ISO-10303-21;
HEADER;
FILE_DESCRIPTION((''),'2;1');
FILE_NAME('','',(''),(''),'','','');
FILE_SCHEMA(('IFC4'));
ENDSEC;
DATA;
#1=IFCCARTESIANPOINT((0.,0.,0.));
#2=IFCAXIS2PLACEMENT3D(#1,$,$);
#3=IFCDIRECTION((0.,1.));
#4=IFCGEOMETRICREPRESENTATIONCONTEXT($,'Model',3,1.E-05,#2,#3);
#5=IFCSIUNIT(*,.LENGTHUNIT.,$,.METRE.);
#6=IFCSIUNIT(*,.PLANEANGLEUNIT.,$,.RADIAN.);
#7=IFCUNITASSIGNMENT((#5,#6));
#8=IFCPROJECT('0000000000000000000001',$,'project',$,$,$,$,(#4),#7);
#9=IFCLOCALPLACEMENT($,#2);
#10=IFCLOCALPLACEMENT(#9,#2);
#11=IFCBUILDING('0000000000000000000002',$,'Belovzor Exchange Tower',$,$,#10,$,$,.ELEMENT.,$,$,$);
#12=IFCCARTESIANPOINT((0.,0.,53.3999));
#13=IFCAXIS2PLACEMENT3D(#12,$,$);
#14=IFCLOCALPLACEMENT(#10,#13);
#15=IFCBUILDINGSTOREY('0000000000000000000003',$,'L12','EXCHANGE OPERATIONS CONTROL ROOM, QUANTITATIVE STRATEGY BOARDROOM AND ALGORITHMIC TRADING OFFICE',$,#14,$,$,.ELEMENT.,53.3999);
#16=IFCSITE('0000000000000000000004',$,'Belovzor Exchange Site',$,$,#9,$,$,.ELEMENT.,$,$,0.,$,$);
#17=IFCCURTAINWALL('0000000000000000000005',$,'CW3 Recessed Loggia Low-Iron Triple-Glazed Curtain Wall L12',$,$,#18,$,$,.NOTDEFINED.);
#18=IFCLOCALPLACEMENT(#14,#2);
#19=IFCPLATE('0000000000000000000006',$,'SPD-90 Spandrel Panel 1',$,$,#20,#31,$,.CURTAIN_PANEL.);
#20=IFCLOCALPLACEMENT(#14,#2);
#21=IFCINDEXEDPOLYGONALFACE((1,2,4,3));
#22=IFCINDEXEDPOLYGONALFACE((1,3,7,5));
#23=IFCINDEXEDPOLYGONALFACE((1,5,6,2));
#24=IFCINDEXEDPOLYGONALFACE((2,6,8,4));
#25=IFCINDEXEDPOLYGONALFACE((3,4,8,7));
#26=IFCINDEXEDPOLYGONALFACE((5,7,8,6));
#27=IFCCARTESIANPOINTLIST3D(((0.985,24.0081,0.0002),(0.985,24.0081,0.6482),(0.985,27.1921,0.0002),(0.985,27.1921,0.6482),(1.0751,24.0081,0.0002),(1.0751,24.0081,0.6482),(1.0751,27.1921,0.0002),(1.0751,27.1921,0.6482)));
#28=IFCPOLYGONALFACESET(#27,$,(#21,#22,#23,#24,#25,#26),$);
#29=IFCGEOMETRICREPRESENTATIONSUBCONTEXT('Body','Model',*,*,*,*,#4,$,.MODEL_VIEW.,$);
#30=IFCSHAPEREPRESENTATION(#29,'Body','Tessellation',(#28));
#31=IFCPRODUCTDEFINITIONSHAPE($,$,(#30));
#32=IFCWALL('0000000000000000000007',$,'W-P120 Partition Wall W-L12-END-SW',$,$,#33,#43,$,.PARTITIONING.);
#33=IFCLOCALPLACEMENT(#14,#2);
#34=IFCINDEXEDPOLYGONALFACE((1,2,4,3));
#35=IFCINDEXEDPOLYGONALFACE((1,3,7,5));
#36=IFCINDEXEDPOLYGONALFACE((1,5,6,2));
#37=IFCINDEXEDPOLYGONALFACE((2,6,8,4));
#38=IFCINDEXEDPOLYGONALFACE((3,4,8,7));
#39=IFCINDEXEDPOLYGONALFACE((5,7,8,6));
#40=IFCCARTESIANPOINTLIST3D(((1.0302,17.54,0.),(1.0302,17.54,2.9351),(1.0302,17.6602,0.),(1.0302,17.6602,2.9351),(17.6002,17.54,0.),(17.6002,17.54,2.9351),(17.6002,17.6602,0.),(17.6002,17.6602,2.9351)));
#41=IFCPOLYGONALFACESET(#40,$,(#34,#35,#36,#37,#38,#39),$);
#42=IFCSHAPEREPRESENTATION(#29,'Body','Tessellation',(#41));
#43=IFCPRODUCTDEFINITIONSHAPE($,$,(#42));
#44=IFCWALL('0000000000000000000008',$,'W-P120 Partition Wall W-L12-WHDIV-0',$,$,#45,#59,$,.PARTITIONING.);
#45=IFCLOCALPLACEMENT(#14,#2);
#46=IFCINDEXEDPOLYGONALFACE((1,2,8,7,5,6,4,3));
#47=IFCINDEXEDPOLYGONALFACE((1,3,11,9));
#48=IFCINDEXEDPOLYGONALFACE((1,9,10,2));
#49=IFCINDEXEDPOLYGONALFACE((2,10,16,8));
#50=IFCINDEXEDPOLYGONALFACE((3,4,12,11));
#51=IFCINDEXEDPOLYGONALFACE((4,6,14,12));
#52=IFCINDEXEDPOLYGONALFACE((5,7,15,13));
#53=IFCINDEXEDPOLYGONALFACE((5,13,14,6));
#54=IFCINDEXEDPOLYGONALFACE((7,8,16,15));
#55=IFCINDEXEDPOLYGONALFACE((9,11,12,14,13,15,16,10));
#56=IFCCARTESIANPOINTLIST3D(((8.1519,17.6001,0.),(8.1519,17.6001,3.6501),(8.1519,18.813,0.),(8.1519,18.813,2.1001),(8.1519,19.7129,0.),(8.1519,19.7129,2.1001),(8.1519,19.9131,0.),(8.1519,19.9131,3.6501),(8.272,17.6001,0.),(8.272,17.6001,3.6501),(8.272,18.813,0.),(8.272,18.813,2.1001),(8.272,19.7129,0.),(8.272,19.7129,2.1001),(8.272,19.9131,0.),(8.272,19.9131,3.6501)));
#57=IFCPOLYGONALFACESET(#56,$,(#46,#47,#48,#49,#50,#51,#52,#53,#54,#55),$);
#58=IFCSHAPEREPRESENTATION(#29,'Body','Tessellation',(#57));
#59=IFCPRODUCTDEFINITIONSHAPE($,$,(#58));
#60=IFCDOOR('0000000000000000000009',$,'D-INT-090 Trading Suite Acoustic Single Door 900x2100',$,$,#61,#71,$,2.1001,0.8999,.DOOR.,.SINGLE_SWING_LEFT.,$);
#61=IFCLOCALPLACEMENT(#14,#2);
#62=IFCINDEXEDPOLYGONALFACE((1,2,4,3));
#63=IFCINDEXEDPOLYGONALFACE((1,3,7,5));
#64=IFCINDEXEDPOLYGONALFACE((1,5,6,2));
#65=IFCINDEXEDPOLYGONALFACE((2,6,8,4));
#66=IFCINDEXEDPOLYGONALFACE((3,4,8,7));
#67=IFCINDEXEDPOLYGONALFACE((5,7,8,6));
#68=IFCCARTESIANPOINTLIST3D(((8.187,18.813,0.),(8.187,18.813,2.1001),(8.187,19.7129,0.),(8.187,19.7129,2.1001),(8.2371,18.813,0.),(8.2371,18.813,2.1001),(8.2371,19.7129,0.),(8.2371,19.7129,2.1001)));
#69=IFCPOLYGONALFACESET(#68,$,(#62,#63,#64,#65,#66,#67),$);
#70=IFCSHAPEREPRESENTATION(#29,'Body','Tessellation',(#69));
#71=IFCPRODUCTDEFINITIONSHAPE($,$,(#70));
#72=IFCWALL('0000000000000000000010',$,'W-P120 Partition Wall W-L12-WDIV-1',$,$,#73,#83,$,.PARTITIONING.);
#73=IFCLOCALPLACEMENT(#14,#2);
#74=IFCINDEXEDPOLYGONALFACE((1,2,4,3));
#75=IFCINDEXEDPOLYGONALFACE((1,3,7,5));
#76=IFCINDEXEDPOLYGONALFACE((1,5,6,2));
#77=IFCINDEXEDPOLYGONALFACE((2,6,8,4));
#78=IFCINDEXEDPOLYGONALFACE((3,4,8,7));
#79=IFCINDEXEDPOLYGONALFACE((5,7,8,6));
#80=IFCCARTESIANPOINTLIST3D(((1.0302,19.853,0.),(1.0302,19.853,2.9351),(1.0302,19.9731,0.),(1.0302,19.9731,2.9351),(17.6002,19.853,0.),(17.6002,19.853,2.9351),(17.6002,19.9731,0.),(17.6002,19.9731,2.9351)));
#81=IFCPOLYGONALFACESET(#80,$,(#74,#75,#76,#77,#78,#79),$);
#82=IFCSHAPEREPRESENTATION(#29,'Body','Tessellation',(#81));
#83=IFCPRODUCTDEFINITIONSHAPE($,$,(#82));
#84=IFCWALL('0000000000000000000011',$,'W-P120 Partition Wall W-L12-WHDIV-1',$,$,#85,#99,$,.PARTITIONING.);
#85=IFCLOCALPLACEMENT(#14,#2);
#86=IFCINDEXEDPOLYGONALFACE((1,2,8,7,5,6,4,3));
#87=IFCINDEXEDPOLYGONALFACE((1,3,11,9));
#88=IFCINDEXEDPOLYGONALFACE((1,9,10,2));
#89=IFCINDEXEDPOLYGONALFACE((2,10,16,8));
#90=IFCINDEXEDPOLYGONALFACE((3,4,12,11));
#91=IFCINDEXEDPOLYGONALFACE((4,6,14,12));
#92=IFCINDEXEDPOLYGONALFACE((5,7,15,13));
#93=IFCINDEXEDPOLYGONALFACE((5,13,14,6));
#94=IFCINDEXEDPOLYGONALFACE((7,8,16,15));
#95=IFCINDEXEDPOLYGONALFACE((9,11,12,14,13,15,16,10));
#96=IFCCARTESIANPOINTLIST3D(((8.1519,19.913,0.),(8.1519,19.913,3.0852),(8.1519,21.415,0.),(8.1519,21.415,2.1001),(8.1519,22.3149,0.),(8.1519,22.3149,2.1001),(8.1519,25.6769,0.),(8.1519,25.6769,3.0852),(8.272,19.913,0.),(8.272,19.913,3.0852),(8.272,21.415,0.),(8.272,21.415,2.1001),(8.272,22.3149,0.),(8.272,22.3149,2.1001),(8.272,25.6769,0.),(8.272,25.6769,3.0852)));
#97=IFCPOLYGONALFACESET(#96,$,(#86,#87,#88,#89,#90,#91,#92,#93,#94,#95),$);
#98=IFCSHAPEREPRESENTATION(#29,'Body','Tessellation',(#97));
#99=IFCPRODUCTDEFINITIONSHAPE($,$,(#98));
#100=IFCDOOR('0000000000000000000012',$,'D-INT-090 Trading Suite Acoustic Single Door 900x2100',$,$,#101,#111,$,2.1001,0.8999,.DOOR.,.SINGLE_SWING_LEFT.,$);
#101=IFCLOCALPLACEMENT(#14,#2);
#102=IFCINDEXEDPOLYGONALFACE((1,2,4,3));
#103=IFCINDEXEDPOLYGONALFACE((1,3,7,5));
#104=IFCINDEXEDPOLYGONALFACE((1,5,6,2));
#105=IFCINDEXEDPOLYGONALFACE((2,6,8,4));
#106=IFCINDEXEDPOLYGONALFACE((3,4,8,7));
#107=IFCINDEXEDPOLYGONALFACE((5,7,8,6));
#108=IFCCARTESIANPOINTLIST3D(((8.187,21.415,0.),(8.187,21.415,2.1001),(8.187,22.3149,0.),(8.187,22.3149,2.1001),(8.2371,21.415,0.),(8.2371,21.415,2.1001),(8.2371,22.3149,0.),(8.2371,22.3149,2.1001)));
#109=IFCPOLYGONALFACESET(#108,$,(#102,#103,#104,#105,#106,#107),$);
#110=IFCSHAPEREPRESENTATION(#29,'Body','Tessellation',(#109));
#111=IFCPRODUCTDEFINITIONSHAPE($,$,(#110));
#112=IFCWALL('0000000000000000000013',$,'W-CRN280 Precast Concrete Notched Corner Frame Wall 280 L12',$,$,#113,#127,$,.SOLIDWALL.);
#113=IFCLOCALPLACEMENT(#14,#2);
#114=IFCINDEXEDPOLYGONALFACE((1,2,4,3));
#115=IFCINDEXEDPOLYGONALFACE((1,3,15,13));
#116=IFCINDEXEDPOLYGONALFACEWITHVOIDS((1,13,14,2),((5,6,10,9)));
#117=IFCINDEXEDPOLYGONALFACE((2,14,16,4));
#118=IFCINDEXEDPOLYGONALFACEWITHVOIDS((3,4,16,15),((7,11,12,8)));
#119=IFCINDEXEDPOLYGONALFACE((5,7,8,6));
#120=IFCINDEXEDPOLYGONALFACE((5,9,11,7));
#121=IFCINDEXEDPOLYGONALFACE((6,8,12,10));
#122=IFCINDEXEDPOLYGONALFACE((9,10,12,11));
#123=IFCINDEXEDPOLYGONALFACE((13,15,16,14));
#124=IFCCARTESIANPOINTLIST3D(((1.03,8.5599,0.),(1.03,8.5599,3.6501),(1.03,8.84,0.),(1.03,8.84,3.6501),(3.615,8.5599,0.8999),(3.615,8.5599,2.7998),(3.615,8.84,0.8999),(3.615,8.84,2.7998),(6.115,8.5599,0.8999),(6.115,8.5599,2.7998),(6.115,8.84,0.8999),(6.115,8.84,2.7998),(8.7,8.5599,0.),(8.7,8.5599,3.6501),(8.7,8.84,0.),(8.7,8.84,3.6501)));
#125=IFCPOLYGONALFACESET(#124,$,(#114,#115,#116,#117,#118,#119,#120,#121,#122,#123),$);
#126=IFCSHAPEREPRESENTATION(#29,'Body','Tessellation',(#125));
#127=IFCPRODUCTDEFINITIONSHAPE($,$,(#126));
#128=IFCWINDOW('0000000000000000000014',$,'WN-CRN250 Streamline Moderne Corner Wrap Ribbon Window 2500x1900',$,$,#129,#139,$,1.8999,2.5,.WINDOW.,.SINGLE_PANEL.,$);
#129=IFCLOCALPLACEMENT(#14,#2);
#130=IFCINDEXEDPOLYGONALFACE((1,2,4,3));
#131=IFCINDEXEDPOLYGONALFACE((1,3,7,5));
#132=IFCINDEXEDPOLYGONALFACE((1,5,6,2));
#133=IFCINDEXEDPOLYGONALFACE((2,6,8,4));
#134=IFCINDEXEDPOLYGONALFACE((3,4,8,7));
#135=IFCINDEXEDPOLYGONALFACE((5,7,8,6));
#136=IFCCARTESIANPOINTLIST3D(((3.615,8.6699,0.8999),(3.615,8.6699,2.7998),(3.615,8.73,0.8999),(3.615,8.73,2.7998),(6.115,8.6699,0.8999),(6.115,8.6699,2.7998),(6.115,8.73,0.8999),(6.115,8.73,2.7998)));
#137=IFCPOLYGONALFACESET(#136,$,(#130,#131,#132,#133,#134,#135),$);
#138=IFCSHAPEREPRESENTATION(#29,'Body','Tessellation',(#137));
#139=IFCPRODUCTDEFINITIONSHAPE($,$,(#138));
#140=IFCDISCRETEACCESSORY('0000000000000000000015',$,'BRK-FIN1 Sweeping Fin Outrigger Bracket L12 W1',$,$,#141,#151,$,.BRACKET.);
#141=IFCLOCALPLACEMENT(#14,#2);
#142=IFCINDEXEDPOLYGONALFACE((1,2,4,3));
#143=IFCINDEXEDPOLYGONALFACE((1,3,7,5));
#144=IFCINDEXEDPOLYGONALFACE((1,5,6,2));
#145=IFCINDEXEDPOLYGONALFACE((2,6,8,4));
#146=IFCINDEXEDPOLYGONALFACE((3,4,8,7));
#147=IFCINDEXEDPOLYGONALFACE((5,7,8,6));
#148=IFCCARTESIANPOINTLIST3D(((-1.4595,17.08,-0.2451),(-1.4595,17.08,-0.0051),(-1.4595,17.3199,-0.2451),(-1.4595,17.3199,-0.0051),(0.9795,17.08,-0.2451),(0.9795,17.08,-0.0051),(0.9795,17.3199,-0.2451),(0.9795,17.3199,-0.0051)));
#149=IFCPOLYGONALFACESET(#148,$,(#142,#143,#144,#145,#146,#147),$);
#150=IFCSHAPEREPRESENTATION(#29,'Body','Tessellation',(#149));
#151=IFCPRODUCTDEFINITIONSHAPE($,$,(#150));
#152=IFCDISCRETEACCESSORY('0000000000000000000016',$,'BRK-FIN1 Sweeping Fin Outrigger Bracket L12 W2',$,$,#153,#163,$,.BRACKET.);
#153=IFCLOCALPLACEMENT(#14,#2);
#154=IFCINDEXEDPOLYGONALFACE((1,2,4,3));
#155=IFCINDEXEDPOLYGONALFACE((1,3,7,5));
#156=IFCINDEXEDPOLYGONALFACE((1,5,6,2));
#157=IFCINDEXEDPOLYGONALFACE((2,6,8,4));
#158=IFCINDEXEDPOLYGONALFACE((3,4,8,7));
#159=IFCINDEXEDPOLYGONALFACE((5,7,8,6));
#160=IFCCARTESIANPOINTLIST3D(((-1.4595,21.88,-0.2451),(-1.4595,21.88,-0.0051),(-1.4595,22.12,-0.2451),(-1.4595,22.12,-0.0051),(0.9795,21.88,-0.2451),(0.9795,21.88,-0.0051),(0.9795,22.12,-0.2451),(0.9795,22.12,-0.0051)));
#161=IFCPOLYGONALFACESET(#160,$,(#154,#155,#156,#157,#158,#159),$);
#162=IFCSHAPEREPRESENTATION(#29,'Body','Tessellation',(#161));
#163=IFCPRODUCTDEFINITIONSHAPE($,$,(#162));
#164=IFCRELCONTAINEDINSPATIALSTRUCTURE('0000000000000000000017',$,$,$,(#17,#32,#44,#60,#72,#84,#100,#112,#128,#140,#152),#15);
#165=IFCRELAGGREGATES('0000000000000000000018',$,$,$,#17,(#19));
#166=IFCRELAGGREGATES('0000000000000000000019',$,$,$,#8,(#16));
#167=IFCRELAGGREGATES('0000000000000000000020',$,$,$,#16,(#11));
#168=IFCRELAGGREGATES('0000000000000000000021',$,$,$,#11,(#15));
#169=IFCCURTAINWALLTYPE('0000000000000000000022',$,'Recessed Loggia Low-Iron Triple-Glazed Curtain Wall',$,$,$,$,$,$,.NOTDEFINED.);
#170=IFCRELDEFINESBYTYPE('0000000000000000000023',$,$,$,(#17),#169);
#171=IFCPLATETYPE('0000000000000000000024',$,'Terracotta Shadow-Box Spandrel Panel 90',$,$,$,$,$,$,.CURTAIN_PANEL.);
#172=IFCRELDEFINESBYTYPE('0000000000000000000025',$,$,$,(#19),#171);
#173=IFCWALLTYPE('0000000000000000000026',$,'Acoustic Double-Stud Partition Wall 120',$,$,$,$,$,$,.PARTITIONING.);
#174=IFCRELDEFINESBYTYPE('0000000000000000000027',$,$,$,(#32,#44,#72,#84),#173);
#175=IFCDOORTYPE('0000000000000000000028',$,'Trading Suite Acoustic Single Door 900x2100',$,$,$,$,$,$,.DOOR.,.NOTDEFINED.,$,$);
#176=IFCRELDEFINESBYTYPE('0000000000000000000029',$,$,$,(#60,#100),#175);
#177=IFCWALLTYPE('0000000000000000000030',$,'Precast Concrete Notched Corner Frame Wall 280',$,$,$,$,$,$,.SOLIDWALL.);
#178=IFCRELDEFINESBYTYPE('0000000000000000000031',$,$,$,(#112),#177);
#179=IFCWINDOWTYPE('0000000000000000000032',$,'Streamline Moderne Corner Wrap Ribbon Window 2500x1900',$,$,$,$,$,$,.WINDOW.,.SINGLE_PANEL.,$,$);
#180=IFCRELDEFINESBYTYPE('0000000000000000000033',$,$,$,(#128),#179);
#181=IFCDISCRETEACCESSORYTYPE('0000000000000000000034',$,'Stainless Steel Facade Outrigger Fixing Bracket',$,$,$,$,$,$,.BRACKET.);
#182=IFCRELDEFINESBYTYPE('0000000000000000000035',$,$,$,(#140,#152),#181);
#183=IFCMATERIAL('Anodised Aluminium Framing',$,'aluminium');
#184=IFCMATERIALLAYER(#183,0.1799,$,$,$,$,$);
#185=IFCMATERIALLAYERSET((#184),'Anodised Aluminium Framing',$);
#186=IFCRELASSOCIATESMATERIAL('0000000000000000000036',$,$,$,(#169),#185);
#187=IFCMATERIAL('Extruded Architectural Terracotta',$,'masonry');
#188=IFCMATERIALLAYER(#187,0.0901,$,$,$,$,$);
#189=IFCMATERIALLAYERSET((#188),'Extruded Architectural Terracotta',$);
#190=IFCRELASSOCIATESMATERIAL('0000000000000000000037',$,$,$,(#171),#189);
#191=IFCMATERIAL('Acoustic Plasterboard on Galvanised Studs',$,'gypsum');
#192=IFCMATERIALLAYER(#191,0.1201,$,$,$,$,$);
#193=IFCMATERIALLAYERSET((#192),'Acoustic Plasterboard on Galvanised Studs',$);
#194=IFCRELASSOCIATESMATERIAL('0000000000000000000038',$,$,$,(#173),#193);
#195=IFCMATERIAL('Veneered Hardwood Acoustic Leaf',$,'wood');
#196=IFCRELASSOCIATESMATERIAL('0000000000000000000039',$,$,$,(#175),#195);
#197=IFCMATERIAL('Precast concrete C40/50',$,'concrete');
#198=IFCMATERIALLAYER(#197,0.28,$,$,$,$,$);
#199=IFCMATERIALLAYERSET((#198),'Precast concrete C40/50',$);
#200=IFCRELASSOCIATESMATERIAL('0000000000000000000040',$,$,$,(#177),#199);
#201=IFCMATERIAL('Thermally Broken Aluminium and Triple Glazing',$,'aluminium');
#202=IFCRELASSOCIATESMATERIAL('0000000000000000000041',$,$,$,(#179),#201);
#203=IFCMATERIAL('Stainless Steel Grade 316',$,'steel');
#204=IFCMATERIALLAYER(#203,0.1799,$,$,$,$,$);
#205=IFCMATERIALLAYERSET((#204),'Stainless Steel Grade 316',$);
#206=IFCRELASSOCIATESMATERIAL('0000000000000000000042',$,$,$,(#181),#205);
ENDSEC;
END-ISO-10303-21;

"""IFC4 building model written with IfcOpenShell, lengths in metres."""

from ifc_helpers import new_model, si_unit, direction, frame, frame_2d, origin, origin_2d, place, context, subcontext, project, spatial, rectangle, extrude, material, layer, layer_set, type_object, element, fill, aggregate, save


model = new_model("IFC4")

# Units and contexts
model_context = context("Model", 3, precision=1e-05, world=origin(), true_north=direction((0.0, 1.0)))
body_context = subcontext(model_context, "Body", "Model", "MODEL_VIEW")
ifc_project = project(units=[si_unit("LENGTHUNIT", "METRE"), si_unit("PLANEANGLEUNIT", "RADIAN")], contexts=[model_context])

# Site, building, storey
site_placement = place(None, origin())
site = spatial("IfcSite", under=ifc_project, at=site_placement, Name="Belovzor Exchange Site", CompositionType="ELEMENT", RefElevation=0.0)
building_placement = place(site_placement, origin())
building = spatial("IfcBuilding", under=site, at=building_placement, Name="Belovzor Exchange Tower", CompositionType="ELEMENT")
storey_placement = place(building_placement, frame((0.0, 0.0, 53.3999)))
storey = spatial("IfcBuildingStorey", under=building, at=storey_placement, Name="L12", Description="EXCHANGE OPERATIONS CONTROL ROOM, QUANTITATIVE STRATEGY BOARDROOM AND ALGORITHMIC TRADING OFFICE", CompositionType="ELEMENT", Elevation=53.3999)

# Curtain wall
ifc_material_1 = material(Name="Anodised Aluminium Framing", Category="aluminium")
ifc_layer_1 = layer(ifc_material_1, 0.1799)
ifc_layer_set_1 = layer_set([ifc_layer_1], Name="Anodised Aluminium Framing")
curtain_wall_type = type_object("IfcCurtainWallType", Name="Recessed Loggia Low-Iron Triple-Glazed Curtain Wall", PredefinedType="NOTDEFINED", material=ifc_layer_set_1)
curtain_wall_placement = place(storey_placement, origin())
curtain_wall = element("IfcCurtainWall", 1, at=curtain_wall_placement, inside=storey, type_object=curtain_wall_type, Name="CW3 Recessed Loggia Low-Iron Triple-Glazed Curtain Wall L12", PredefinedType="NOTDEFINED")

# Plate
ifc_material_2 = material(Name="Extruded Architectural Terracotta", Category="masonry")
ifc_layer_2 = layer(ifc_material_2, 0.0901)
ifc_layer_set_2 = layer_set([ifc_layer_2], Name="Extruded Architectural Terracotta")
plate_type_1 = type_object("IfcPlateType", Name="Terracotta Shadow-Box Spandrel Panel 90", PredefinedType="CURTAIN_PANEL", material=ifc_layer_set_2)
plate_placement = place(storey_placement, frame((1.03, 25.6001, 0.0002), z_axis=(0.0, 0.0, 1.0), x_axis=(0.0, 1.0, 0.0)))
plate = element("IfcPlate", 2, at=plate_placement, type_object=plate_type_1, Name="SPD-90 Spandrel Panel 1", PredefinedType="CURTAIN_PANEL", context=body_context, shape_type="SweptSolid", body=[
    extrude(rectangle(XDim=3.1841, YDim=0.0901, at=origin_2d()), origin(), (0.0, 0.0, 1.0), 0.6479),
])
aggregate(curtain_wall, [plate])

# Wall
ifc_material_3 = material(Name="Acoustic Plasterboard on Galvanised Studs", Category="gypsum")
ifc_layer_3 = layer(ifc_material_3, 0.1201)
ifc_layer_set_3 = layer_set([ifc_layer_3], Name="Acoustic Plasterboard on Galvanised Studs")
wall_type_1 = type_object("IfcWallType", Name="Acoustic Double-Stud Partition Wall 120", PredefinedType="PARTITIONING", material=ifc_layer_set_3)
wall_1_placement = place(storey_placement, frame((1.03, 17.6001, 0.0), z_axis=(0.0, 0.0, 1.0), x_axis=(1.0, 0.0, 0.0)))
element("IfcWall", 3, at=wall_1_placement, inside=storey, type_object=wall_type_1, Name="W-P120 Partition Wall W-L12-END-SW", PredefinedType="PARTITIONING", context=body_context, shape_type="SweptSolid", body=[
    extrude(rectangle(XDim=16.5701, YDim=0.1201, at=frame_2d((8.2852, 0.0))), origin(), (0.0, 0.0, 1.0), 2.9351),
])

# Wall, opening, door
wall_2_placement = place(storey_placement, frame((8.2119, 17.6001, 0.0), z_axis=(0.0, 0.0, 1.0), x_axis=(0.0, 1.0, 0.0)))
wall_2 = element("IfcWall", 4, at=wall_2_placement, inside=storey, type_object=wall_type_1, Name="W-P120 Partition Wall W-L12-WHDIV-0", PredefinedType="PARTITIONING", context=body_context, shape_type="SweptSolid", body=[
    extrude(rectangle(XDim=2.313, YDim=0.1201, at=frame_2d((1.1565, 0.0))), origin(), (0.0, 0.0, 1.0), 3.6501),
])
opening_1_placement = place(wall_2_placement, frame((1.2129, 0.0, 0.0)))
opening_1 = element("IfcOpeningElement", 5, at=opening_1_placement, cuts=wall_2, PredefinedType="OPENING", context=body_context, shape_type="SweptSolid", body=[
    extrude(rectangle(XDim=0.8999, YDim=2.1001, at=frame_2d((0.45, 1.05))), frame((0.0, 0.0701, 0.0), z_axis=(0.0, -1.0, 0.0), x_axis=(1.0, 0.0, 0.0)), (0.0, 0.0, 1.0), 0.1401),
])
ifc_material_4 = material(Name="Veneered Hardwood Acoustic Leaf", Category="wood")
door_type = type_object("IfcDoorType", Name="Trading Suite Acoustic Single Door 900x2100", OperationType="NOTDEFINED", PredefinedType="DOOR", material=ifc_material_4)
door_1_placement = place(opening_1_placement, origin())
door_1 = element("IfcDoor", 6, at=door_1_placement, inside=storey, type_object=door_type, Name="D-INT-090 Trading Suite Acoustic Single Door 900x2100", OperationType="SINGLE_SWING_LEFT", OverallHeight=2.1001, OverallWidth=0.8999, PredefinedType="DOOR", context=body_context, shape_type="SweptSolid", body=[
    extrude(rectangle(XDim=0.8999, YDim=2.1001, at=frame_2d((0.45, 1.05))), frame((0.0, 0.0249, 0.0), z_axis=(0.0, -1.0, 0.0), x_axis=(1.0, 0.0, 0.0)), (0.0, 0.0, 1.0), 0.05),
])
fill(opening_1, door_1)

# Wall
wall_3_placement = place(storey_placement, frame((1.03, 19.9131, 0.0), z_axis=(0.0, 0.0, 1.0), x_axis=(1.0, 0.0, 0.0)))
element("IfcWall", 7, at=wall_3_placement, inside=storey, type_object=wall_type_1, Name="W-P120 Partition Wall W-L12-WDIV-1", PredefinedType="PARTITIONING", context=body_context, shape_type="SweptSolid", body=[
    extrude(rectangle(XDim=16.5701, YDim=0.1201, at=frame_2d((8.2852, 0.0))), origin(), (0.0, 0.0, 1.0), 2.9351),
])

# Wall, opening, door
wall_4_placement = place(storey_placement, frame((8.2119, 19.9131, 0.0), z_axis=(0.0, 0.0, 1.0), x_axis=(0.0, 1.0, 0.0)))
wall_4 = element("IfcWall", 8, at=wall_4_placement, inside=storey, type_object=wall_type_1, Name="W-P120 Partition Wall W-L12-WHDIV-1", PredefinedType="PARTITIONING", context=body_context, shape_type="SweptSolid", body=[
    extrude(rectangle(XDim=5.7639, YDim=0.1201, at=frame_2d((2.8818, 0.0))), origin(), (0.0, 0.0, 1.0), 3.0852),
])
opening_2_placement = place(wall_4_placement, frame((1.502, 0.0, 0.0)))
opening_2 = element("IfcOpeningElement", 9, at=opening_2_placement, cuts=wall_4, PredefinedType="OPENING", context=body_context, shape_type="SweptSolid", body=[
    extrude(rectangle(XDim=0.8999, YDim=2.1001, at=frame_2d((0.45, 1.05))), frame((0.0, 0.0701, 0.0), z_axis=(0.0, -1.0, 0.0), x_axis=(1.0, 0.0, 0.0)), (0.0, 0.0, 1.0), 0.1401),
])
door_2_placement = place(opening_2_placement, origin())
door_2 = element("IfcDoor", 10, at=door_2_placement, inside=storey, type_object=door_type, Name="D-INT-090 Trading Suite Acoustic Single Door 900x2100", OperationType="SINGLE_SWING_LEFT", OverallHeight=2.1001, OverallWidth=0.8999, PredefinedType="DOOR", context=body_context, shape_type="SweptSolid", body=[
    extrude(rectangle(XDim=0.8999, YDim=2.1001, at=frame_2d((0.45, 1.05))), frame((0.0, 0.0249, 0.0), z_axis=(0.0, -1.0, 0.0), x_axis=(1.0, 0.0, 0.0)), (0.0, 0.0, 1.0), 0.05),
])
fill(opening_2, door_2)

# Wall, opening, window
ifc_material_5 = material(Name="Precast concrete C40/50", Category="concrete")
ifc_layer_4 = layer(ifc_material_5, 0.28)
ifc_layer_set_4 = layer_set([ifc_layer_4], Name="Precast concrete C40/50")
wall_type_2 = type_object("IfcWallType", Name="Precast Concrete Notched Corner Frame Wall 280", PredefinedType="SOLIDWALL", material=ifc_layer_set_4)
wall_5_placement = place(storey_placement, frame((8.7, 8.7, 0.0), z_axis=(0.0, 0.0, 1.0), x_axis=(-1.0, 0.0, 0.0)))
wall_5 = element("IfcWall", 11, at=wall_5_placement, inside=storey, type_object=wall_type_2, Name="W-CRN280 Precast Concrete Notched Corner Frame Wall 280 L12", PredefinedType="SOLIDWALL", context=body_context, shape_type="SweptSolid", body=[
    extrude(rectangle(XDim=7.6699, YDim=0.28, at=frame_2d((3.835, 0.0))), origin(), (0.0, 0.0, 1.0), 3.6501),
])
opening_3_placement = place(wall_5_placement, frame((2.585, 0.0, 0.8999)))
opening_3 = element("IfcOpeningElement", 12, at=opening_3_placement, cuts=wall_5, PredefinedType="OPENING", context=body_context, shape_type="SweptSolid", body=[
    extrude(rectangle(XDim=2.5, YDim=1.8999, at=frame_2d((1.25, 0.95))), frame((0.0, 0.1499, 0.0), z_axis=(0.0, -1.0, 0.0), x_axis=(1.0, 0.0, 0.0)), (0.0, 0.0, 1.0), 0.3),
])
ifc_material_6 = material(Name="Thermally Broken Aluminium and Triple Glazing", Category="aluminium")
window_type = type_object("IfcWindowType", Name="Streamline Moderne Corner Wrap Ribbon Window 2500x1900", PartitioningType="SINGLE_PANEL", PredefinedType="WINDOW", material=ifc_material_6)
window_placement = place(opening_3_placement, origin())
window = element("IfcWindow", 13, at=window_placement, inside=storey, type_object=window_type, Name="WN-CRN250 Streamline Moderne Corner Wrap Ribbon Window 2500x1900", OverallHeight=1.8999, OverallWidth=2.5, PartitioningType="SINGLE_PANEL", PredefinedType="WINDOW", context=body_context, shape_type="SweptSolid", body=[
    extrude(rectangle(XDim=2.5, YDim=1.8999, at=frame_2d((1.25, 0.95))), frame((0.0, 0.03, 0.0), z_axis=(0.0, -1.0, 0.0), x_axis=(1.0, 0.0, 0.0)), (0.0, 0.0, 1.0), 0.0601),
])
fill(opening_3, window)

# Discrete accessories
ifc_material_7 = material(Name="Stainless Steel Grade 316", Category="steel")
ifc_layer_5 = layer(ifc_material_7, 0.1799)
ifc_layer_set_5 = layer_set([ifc_layer_5], Name="Stainless Steel Grade 316")
discrete_accessory_type = type_object("IfcDiscreteAccessoryType", Name="Stainless Steel Facade Outrigger Fixing Bracket", PredefinedType="BRACKET", material=ifc_layer_set_5)
for number, where, z_axis, x_axis, name in (
    (14, (-0.24, 17.2, -0.2451), (0.0, 0.0, 1.0), (1.0, 0.0, 0.0), "BRK-FIN1 Sweeping Fin Outrigger Bracket L12 W1"),
    (15, (-0.24, 22.0, -0.2451), (0.0, 0.0, 1.0), (1.0, 0.0, 0.0), "BRK-FIN1 Sweeping Fin Outrigger Bracket L12 W2"),
):
    element("IfcDiscreteAccessory", number, at=place(storey_placement, frame(where, z_axis=z_axis, x_axis=x_axis)), inside=storey, type_object=discrete_accessory_type, Name=name, PredefinedType="BRACKET", context=body_context, shape_type="SweptSolid", body=[
        extrude(rectangle(XDim=2.439, YDim=0.24, at=origin_2d()), origin(), (0.0, 0.0, 1.0), 0.24),
    ])

save(model, "model.ifc")
